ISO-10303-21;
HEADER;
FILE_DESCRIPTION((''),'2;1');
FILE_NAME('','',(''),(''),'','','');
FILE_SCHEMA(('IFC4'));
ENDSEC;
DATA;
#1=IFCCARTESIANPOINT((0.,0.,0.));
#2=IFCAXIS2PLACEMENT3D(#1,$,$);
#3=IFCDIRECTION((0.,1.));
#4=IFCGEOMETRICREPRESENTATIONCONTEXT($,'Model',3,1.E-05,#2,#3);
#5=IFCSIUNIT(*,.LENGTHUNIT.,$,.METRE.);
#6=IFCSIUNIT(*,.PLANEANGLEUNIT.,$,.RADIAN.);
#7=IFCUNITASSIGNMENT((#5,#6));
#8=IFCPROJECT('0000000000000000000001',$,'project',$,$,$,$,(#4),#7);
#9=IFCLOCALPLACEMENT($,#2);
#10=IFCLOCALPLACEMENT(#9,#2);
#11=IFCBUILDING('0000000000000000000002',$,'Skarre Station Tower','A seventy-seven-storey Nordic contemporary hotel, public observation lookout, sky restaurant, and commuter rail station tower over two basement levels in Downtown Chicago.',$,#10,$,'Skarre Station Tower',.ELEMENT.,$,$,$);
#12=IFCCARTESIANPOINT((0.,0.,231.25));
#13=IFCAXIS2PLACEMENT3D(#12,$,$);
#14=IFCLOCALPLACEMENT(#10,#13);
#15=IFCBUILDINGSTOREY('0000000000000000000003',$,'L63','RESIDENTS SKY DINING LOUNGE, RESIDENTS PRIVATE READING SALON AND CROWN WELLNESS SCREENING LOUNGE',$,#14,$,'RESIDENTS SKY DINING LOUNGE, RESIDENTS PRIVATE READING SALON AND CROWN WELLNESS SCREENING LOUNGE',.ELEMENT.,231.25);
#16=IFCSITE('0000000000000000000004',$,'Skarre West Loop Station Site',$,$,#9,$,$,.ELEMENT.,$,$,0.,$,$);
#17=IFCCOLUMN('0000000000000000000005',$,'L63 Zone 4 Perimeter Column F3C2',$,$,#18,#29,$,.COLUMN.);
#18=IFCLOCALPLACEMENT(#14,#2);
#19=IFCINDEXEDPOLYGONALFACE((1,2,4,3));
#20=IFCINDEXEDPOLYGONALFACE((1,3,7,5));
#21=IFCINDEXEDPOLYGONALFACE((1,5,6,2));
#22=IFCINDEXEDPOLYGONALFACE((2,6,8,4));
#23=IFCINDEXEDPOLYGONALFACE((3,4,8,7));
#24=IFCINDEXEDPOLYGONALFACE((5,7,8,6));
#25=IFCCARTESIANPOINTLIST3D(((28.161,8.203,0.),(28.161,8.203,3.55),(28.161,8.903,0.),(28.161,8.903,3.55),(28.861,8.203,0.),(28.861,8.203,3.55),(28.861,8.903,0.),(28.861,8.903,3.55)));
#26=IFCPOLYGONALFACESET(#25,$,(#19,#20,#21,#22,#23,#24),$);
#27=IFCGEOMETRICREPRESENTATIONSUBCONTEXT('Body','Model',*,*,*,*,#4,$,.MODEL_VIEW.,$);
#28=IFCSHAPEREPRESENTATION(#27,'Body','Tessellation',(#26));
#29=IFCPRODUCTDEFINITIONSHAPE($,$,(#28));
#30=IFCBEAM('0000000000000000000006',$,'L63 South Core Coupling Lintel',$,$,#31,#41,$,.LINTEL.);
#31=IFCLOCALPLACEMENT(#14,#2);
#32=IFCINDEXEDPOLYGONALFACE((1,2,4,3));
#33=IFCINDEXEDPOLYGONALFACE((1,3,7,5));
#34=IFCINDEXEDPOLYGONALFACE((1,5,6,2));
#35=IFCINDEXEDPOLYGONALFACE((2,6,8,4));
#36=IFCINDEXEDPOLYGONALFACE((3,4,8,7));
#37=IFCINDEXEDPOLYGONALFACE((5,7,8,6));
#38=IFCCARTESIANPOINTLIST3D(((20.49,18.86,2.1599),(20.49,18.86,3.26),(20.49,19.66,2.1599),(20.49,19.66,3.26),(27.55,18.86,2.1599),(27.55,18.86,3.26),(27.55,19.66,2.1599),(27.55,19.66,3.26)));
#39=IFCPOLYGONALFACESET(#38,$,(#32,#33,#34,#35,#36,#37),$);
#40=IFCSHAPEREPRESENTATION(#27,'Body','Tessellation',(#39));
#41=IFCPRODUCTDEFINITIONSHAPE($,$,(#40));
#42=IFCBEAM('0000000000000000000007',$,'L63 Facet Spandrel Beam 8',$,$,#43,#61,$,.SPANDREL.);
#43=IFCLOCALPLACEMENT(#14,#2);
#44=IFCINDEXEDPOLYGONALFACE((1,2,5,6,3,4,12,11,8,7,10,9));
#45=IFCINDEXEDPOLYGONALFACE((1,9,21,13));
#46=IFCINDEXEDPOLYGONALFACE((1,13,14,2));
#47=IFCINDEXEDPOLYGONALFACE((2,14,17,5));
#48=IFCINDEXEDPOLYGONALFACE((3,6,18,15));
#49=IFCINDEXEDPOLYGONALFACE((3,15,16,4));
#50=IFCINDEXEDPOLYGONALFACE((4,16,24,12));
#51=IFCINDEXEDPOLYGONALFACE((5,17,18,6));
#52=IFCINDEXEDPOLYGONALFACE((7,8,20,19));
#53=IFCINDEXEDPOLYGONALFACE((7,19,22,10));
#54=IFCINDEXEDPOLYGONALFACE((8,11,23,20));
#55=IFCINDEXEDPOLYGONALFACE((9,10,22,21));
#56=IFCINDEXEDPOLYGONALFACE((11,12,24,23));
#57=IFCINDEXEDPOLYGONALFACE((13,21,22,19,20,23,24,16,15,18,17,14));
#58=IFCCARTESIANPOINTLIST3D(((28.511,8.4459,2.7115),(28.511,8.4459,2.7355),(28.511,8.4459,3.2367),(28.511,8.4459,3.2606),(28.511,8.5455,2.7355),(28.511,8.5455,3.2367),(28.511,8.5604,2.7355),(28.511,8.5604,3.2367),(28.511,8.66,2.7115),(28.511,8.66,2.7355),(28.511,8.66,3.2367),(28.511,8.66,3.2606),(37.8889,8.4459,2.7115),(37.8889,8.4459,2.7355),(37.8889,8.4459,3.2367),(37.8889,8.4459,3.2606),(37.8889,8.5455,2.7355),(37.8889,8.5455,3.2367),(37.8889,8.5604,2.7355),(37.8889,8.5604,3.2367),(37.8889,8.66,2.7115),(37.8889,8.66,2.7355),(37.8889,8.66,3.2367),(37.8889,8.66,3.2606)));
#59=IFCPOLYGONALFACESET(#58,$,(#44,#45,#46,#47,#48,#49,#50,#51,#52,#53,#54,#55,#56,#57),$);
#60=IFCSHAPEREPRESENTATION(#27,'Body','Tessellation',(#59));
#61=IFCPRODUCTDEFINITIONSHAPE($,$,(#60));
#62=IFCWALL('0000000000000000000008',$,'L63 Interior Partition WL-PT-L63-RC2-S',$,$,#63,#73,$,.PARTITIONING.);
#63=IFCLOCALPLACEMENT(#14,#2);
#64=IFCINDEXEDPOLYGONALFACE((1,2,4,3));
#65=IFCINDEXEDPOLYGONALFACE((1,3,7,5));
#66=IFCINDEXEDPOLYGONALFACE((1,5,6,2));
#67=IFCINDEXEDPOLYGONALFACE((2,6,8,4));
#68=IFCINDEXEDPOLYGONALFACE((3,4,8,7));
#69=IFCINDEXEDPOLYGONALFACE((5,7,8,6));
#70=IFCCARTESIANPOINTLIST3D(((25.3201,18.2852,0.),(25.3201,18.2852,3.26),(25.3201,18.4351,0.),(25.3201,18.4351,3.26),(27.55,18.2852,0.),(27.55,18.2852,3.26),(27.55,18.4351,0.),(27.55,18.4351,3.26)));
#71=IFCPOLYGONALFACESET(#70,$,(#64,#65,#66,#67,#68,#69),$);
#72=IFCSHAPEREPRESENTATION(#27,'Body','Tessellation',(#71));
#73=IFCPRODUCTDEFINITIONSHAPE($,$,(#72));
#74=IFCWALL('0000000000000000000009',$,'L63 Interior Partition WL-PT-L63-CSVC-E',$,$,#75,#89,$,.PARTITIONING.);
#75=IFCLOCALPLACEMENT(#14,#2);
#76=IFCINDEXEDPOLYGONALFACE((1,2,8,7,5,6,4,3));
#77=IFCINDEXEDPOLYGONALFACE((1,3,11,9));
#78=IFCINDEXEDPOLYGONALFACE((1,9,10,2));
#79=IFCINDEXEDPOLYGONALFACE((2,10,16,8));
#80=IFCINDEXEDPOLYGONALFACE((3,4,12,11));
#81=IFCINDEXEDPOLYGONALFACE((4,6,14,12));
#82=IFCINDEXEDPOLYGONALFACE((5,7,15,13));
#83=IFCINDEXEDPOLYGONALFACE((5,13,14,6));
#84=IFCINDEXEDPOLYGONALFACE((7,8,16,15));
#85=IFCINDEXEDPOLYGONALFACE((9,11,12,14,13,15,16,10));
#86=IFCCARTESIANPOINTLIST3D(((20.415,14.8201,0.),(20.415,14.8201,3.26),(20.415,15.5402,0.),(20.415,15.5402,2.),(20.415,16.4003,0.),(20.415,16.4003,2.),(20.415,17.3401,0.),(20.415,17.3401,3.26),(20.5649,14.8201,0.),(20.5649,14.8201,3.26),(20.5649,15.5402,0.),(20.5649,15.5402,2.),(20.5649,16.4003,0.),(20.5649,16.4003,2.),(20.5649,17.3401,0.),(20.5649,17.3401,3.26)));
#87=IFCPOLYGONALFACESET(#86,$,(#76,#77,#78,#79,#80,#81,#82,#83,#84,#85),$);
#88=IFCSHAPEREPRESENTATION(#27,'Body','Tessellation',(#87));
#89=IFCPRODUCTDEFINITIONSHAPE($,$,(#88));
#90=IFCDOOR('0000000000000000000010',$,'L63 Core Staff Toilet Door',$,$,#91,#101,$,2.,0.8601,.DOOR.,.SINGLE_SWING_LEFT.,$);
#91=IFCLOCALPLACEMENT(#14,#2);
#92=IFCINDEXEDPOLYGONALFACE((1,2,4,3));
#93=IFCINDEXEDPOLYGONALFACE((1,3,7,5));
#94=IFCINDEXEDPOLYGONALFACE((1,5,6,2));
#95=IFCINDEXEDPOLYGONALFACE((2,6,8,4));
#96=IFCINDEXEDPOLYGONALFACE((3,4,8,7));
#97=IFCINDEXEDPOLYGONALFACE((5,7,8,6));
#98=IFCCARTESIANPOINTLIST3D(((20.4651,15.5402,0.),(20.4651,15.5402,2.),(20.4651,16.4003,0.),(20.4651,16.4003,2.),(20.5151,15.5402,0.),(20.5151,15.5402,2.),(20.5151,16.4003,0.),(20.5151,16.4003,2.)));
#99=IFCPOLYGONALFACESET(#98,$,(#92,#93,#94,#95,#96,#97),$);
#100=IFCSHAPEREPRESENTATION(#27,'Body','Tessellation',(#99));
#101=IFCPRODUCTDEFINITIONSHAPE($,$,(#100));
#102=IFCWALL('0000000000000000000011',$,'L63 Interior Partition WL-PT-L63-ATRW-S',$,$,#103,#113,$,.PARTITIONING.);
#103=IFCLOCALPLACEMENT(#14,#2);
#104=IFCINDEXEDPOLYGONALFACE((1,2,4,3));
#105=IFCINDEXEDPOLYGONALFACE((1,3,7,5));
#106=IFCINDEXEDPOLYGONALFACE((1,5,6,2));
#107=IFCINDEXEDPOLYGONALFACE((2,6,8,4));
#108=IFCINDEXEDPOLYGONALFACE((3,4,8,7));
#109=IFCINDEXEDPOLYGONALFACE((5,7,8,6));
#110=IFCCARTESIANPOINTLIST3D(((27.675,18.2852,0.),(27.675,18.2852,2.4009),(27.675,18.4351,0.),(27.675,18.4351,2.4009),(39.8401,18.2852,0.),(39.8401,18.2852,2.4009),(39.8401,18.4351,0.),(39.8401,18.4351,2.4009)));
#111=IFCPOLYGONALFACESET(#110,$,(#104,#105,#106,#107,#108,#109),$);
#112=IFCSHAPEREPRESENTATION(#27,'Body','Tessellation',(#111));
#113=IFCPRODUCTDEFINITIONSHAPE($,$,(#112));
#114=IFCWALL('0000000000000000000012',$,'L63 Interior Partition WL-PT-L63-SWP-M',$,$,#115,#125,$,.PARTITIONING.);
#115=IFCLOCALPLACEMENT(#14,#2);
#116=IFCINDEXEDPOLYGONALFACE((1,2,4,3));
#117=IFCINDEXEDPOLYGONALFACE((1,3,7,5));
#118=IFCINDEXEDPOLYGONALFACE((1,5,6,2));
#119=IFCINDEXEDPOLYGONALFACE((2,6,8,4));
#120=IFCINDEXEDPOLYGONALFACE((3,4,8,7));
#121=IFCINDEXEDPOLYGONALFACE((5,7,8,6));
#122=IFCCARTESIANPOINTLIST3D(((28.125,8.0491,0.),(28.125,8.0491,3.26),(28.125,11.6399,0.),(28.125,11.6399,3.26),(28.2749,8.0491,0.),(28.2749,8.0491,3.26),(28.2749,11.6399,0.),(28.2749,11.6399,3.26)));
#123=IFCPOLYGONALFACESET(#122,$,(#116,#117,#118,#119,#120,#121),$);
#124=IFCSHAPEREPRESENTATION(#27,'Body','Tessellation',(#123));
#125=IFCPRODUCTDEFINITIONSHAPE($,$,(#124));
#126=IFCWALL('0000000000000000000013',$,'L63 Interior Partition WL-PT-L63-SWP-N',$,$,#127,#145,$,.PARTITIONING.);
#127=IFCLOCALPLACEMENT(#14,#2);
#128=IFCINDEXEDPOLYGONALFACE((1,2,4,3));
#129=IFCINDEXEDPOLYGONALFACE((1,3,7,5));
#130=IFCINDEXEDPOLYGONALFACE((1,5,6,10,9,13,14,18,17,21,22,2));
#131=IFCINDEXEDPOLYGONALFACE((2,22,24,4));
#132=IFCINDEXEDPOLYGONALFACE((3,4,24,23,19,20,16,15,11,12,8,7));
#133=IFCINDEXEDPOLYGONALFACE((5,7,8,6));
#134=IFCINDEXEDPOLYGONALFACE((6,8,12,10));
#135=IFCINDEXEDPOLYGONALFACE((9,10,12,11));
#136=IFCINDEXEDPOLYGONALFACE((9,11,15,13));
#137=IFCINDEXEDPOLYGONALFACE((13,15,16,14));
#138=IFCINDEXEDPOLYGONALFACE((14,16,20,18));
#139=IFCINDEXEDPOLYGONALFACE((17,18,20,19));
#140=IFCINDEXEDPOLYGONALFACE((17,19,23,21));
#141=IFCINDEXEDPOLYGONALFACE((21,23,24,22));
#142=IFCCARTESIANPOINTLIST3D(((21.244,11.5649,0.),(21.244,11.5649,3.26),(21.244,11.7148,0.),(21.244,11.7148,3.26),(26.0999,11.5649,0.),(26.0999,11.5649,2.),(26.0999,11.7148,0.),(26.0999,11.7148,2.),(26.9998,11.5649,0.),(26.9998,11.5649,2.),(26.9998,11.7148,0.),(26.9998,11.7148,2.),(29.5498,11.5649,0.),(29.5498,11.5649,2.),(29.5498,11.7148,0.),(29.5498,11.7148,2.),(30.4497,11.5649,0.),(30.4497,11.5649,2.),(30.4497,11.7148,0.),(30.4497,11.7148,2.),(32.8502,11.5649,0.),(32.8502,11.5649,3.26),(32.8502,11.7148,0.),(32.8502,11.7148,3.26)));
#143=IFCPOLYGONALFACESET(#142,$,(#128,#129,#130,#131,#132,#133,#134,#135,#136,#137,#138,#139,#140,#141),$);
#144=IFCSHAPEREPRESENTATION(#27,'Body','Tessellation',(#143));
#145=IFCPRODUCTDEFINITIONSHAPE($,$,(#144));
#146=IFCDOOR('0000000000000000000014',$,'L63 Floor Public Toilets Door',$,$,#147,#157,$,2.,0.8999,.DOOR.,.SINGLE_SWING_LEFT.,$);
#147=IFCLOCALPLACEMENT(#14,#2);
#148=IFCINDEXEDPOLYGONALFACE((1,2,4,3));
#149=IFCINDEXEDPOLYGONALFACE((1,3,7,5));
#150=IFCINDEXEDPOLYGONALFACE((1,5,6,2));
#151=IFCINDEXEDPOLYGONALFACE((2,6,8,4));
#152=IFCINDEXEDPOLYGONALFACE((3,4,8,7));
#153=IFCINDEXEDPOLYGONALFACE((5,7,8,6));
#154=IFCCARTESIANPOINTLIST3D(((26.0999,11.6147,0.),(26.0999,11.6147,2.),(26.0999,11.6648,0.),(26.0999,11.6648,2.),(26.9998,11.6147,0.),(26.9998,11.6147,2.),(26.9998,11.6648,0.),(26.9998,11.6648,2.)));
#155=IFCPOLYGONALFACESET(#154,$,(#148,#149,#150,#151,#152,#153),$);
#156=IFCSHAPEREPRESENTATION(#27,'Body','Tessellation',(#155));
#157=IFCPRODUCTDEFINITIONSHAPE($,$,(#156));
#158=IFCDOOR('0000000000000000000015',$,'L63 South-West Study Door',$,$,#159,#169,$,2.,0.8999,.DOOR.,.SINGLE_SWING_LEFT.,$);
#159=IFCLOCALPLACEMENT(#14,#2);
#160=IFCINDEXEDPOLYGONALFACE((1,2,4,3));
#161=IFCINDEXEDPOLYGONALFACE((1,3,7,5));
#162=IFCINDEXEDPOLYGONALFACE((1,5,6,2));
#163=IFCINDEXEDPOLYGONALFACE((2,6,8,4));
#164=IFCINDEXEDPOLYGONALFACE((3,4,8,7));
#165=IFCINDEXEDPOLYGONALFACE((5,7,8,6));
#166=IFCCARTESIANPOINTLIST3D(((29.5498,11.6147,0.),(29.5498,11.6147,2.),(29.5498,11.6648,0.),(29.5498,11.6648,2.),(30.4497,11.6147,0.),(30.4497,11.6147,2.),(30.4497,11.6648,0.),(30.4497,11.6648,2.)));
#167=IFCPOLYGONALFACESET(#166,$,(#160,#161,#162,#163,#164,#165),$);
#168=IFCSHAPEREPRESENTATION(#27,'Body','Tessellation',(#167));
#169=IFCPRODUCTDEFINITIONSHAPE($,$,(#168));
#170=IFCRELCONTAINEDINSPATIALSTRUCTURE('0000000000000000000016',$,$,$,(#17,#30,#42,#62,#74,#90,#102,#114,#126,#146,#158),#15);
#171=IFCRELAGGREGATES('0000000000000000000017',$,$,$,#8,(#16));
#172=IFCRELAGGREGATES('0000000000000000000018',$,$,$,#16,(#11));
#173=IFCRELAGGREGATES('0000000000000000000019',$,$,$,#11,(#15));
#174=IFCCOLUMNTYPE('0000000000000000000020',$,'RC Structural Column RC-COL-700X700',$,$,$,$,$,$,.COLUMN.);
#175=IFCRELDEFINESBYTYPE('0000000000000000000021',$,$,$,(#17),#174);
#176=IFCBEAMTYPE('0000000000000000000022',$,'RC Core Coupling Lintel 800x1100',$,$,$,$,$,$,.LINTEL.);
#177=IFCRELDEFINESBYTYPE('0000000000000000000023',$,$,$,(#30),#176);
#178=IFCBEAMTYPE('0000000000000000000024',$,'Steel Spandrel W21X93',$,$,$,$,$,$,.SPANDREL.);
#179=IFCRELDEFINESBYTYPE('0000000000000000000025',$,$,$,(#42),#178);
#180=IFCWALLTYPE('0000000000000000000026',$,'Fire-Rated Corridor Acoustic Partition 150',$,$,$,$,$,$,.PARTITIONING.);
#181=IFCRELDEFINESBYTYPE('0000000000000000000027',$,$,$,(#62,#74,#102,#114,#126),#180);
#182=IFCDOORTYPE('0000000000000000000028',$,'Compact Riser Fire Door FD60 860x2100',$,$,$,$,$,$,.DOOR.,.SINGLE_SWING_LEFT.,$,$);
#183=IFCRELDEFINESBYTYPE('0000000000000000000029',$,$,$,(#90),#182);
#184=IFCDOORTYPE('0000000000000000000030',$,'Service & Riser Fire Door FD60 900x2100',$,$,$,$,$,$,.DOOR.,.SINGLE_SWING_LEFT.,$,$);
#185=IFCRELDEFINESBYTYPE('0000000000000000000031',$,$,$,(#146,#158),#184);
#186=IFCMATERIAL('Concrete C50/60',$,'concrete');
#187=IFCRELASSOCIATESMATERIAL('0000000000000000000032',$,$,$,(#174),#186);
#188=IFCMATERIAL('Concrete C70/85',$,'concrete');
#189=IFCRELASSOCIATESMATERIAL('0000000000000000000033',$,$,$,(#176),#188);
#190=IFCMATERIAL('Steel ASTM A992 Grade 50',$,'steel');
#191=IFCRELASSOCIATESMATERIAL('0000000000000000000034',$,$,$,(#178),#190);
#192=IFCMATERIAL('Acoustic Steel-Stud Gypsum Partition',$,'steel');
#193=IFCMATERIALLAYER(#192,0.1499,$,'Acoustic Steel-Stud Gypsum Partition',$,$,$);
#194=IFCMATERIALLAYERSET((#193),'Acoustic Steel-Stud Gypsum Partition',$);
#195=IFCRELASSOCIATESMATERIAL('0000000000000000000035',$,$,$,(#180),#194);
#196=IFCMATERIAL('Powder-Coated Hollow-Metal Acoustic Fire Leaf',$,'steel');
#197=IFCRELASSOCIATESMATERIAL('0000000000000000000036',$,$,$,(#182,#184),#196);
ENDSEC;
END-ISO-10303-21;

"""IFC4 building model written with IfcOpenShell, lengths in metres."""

from ifc_helpers import new_model, si_unit, direction, frame, frame_2d, origin, origin_2d, place, context, subcontext, project, spatial, rectangle, i_section, extrude, material, layer, layer_set, material_profile, profile_set, type_object, element, fill, save


model = new_model("IFC4")

# Units and contexts
model_context = context("Model", 3, precision=1e-05, world=origin(), true_north=direction((0.0, 1.0)))
body_context = subcontext(model_context, "Body", "Model", "MODEL_VIEW")
ifc_project = project(units=[si_unit("LENGTHUNIT", "METRE"), si_unit("PLANEANGLEUNIT", "RADIAN")], contexts=[model_context])

# Site, building, storey
site_placement = place(None, origin())
site = spatial("IfcSite", under=ifc_project, at=site_placement, Name="Skarre West Loop Station Site", CompositionType="ELEMENT", RefElevation=0.0)
building_placement = place(site_placement, origin())
building = spatial("IfcBuilding", under=site, at=building_placement, Name="Skarre Station Tower", Description="A seventy-seven-storey Nordic contemporary hotel, public observation lookout, sky restaurant, and commuter rail station tower over two basement levels in Downtown Chicago.", LongName="Skarre Station Tower", CompositionType="ELEMENT")
storey_placement = place(building_placement, frame((0.0, 0.0, 231.25)))
storey = spatial("IfcBuildingStorey", under=building, at=storey_placement, Name="L63", Description="RESIDENTS SKY DINING LOUNGE, RESIDENTS PRIVATE READING SALON AND CROWN WELLNESS SCREENING LOUNGE", LongName="RESIDENTS SKY DINING LOUNGE, RESIDENTS PRIVATE READING SALON AND CROWN WELLNESS SCREENING LOUNGE", CompositionType="ELEMENT", Elevation=231.25)

# Column
ifc_material_1 = material(Name="Concrete C50/60", Category="concrete")
ifc_material_profile_1 = material_profile(ifc_material_1, rectangle(XDim=0.7, YDim=0.7, at=origin_2d()), Name="Concrete C50/60")
ifc_profile_set_1 = profile_set([ifc_material_profile_1], Name="Concrete C50/60")
column_type = type_object("IfcColumnType", Name="RC Structural Column RC-COL-700X700", PredefinedType="COLUMN", material=ifc_profile_set_1)
column_placement = place(storey_placement, frame((28.511, 8.553, 0.0), z_axis=(0.0, 0.0, 1.0), x_axis=(1.0, 0.0, 0.0)))
element("IfcColumn", 1, at=column_placement, inside=storey, type_object=column_type, Name="L63 Zone 4 Perimeter Column F3C2", PredefinedType="COLUMN", context=body_context, shape_type="SweptSolid", body=[
    extrude(rectangle(XDim=0.7, YDim=0.7, at=origin_2d()), origin(), (0.0, 0.0, 1.0), 3.55),
])

# Beams
ifc_material_2 = material(Name="Concrete C70/85", Category="concrete")
ifc_material_profile_2 = material_profile(ifc_material_2, rectangle(XDim=0.8, YDim=1.1001, at=origin_2d()), Name="Concrete C70/85")
ifc_profile_set_2 = profile_set([ifc_material_profile_2], Name="Concrete C70/85")
beam_type_1 = type_object("IfcBeamType", Name="RC Core Coupling Lintel 800x1100", PredefinedType="LINTEL", material=ifc_profile_set_2)
beam_1_placement = place(storey_placement, frame((20.49, 19.26, 2.71), z_axis=(1.0, 0.0, 0.0), x_axis=(0.0, 1.0, 0.0)))
element("IfcBeam", 2, at=beam_1_placement, inside=storey, type_object=beam_type_1, Name="L63 South Core Coupling Lintel", PredefinedType="LINTEL", context=body_context, shape_type="SweptSolid", body=[
    extrude(rectangle(XDim=0.8, YDim=1.1001, at=origin_2d()), origin(), (0.0, 0.0, 1.0), 7.0601),
])
ifc_material_3 = material(Name="Steel ASTM A992 Grade 50", Category="steel")
ifc_material_profile_3 = material_profile(ifc_material_3, i_section(OverallWidth=0.2141, OverallDepth=0.5491, WebThickness=0.0149, FlangeThickness=0.0239, at=origin_2d()), Name="Steel ASTM A992 Grade 50")
ifc_profile_set_3 = profile_set([ifc_material_profile_3], Name="Steel ASTM A992 Grade 50")
beam_type_2 = type_object("IfcBeamType", Name="Steel Spandrel W21X93", PredefinedType="SPANDREL", material=ifc_profile_set_3)
beam_2_placement = place(storey_placement, frame((28.511, 8.553, 2.9861), z_axis=(1.0, 0.0, 0.0), x_axis=(0.0, 1.0, 0.0)))
element("IfcBeam", 3, at=beam_2_placement, inside=storey, type_object=beam_type_2, Name="L63 Facet Spandrel Beam 8", PredefinedType="SPANDREL", context=body_context, shape_type="SweptSolid", body=[
    extrude(i_section(OverallWidth=0.2141, OverallDepth=0.5491, WebThickness=0.0149, FlangeThickness=0.0239, at=origin_2d()), origin(), (0.0, 0.0, 1.0), 9.3779),
])

# Wall
ifc_material_4 = material(Name="Acoustic Steel-Stud Gypsum Partition", Category="steel")
ifc_layer_1 = layer(ifc_material_4, 0.1499, Name="Acoustic Steel-Stud Gypsum Partition")
ifc_layer_set_1 = layer_set([ifc_layer_1], Name="Acoustic Steel-Stud Gypsum Partition")
wall_type_1 = type_object("IfcWallType", Name="Fire-Rated Corridor Acoustic Partition 150", PredefinedType="PARTITIONING", material=ifc_layer_set_1)
wall_1_placement = place(storey_placement, frame((25.3201, 18.3601, 0.0), z_axis=(0.0, 0.0, 1.0), x_axis=(1.0, 0.0, 0.0)))
element("IfcWall", 4, at=wall_1_placement, inside=storey, type_object=wall_type_1, Name="L63 Interior Partition WL-PT-L63-RC2-S", PredefinedType="PARTITIONING", context=body_context, shape_type="SweptSolid", body=[
    extrude(rectangle(XDim=2.23, YDim=0.1499, at=frame_2d((1.115, 0.0))), origin(), (0.0, 0.0, 1.0), 3.26),
])

# Wall, opening, door
wall_2_placement = place(storey_placement, frame((20.49, 14.8201, 0.0), z_axis=(0.0, 0.0, 1.0), x_axis=(0.0, 1.0, 0.0)))
wall_2 = element("IfcWall", 5, at=wall_2_placement, inside=storey, type_object=wall_type_1, Name="L63 Interior Partition WL-PT-L63-CSVC-E", PredefinedType="PARTITIONING", context=body_context, shape_type="SweptSolid", body=[
    extrude(rectangle(XDim=2.52, YDim=0.1499, at=frame_2d((1.26, 0.0))), origin(), (0.0, 0.0, 1.0), 3.26),
])
opening_1_placement = place(wall_2_placement, frame((0.72, 0.0, 0.0)))
opening_1 = element("IfcOpeningElement", 6, at=opening_1_placement, cuts=wall_2, PredefinedType="OPENING", context=body_context, shape_type="SweptSolid", body=[
    extrude(rectangle(XDim=0.8601, YDim=2.0, at=frame_2d((0.4302, 1.0))), frame((0.0, 0.085, 0.0), z_axis=(0.0, -1.0, 0.0), x_axis=(1.0, 0.0, 0.0)), (0.0, 0.0, 1.0), 0.1699),
])
ifc_material_5 = material(Name="Powder-Coated Hollow-Metal Acoustic Fire Leaf", Category="steel")
door_type_1 = type_object("IfcDoorType", Name="Compact Riser Fire Door FD60 860x2100", OperationType="SINGLE_SWING_LEFT", PredefinedType="DOOR", material=ifc_material_5)
door_1_placement = place(opening_1_placement, origin())
door_1 = element("IfcDoor", 7, at=door_1_placement, inside=storey, type_object=door_type_1, Name="L63 Core Staff Toilet Door", OperationType="SINGLE_SWING_LEFT", OverallHeight=2.0, OverallWidth=0.8601, PredefinedType="DOOR", context=body_context, shape_type="SweptSolid", body=[
    extrude(rectangle(XDim=0.8601, YDim=2.0, at=frame_2d((0.4302, 1.0))), frame((0.0, 0.0249, 0.0), z_axis=(0.0, -1.0, 0.0), x_axis=(1.0, 0.0, 0.0)), (0.0, 0.0, 1.0), 0.05),
])
fill(opening_1, door_1)

# Walls
wall_3_placement = place(storey_placement, frame((27.675, 18.3601, 0.0), z_axis=(0.0, 0.0, 1.0), x_axis=(1.0, 0.0, 0.0)))
element("IfcWall", 8, at=wall_3_placement, inside=storey, type_object=wall_type_1, Name="L63 Interior Partition WL-PT-L63-ATRW-S", PredefinedType="PARTITIONING", context=body_context, shape_type="SweptSolid", body=[
    extrude(rectangle(XDim=12.165, YDim=0.1499, at=frame_2d((6.0825, 0.0))), origin(), (0.0, 0.0, 1.0), 2.4009),
])
wall_4_placement = place(storey_placement, frame((28.2, 8.0491, 0.0), z_axis=(0.0, 0.0, 1.0), x_axis=(0.0, 1.0, 0.0)))
element("IfcWall", 9, at=wall_4_placement, inside=storey, type_object=wall_type_1, Name="L63 Interior Partition WL-PT-L63-SWP-M", PredefinedType="PARTITIONING", context=body_context, shape_type="SweptSolid", body=[
    extrude(rectangle(XDim=3.5908, YDim=0.1499, at=frame_2d((1.7954, 0.0))), origin(), (0.0, 0.0, 1.0), 3.26),
])

# Wall, openings, doors
wall_5_placement = place(storey_placement, frame((21.2439, 11.6399, 0.0), z_axis=(0.0, 0.0, 1.0), x_axis=(1.0, 0.0, 0.0)))
wall_5 = element("IfcWall", 10, at=wall_5_placement, inside=storey, type_object=wall_type_1, Name="L63 Interior Partition WL-PT-L63-SWP-N", PredefinedType="PARTITIONING", context=body_context, shape_type="SweptSolid", body=[
    extrude(rectangle(XDim=11.6062, YDim=0.1499, at=frame_2d((5.8032, 0.0))), origin(), (0.0, 0.0, 1.0), 3.26),
])
opening_2_placement = place(wall_5_placement, frame((4.856, 0.0, 0.0)))
opening_2 = element("IfcOpeningElement", 11, at=opening_2_placement, cuts=wall_5, PredefinedType="OPENING", context=body_context, shape_type="SweptSolid", body=[
    extrude(rectangle(XDim=0.8999, YDim=2.0, at=frame_2d((0.45, 1.0))), frame((0.0, 0.085, 0.0), z_axis=(0.0, -1.0, 0.0), x_axis=(1.0, 0.0, 0.0)), (0.0, 0.0, 1.0), 0.1699),
])
opening_3_placement = place(wall_5_placement, frame((8.3059, 0.0, 0.0)))
opening_3 = element("IfcOpeningElement", 12, at=opening_3_placement, cuts=wall_5, PredefinedType="OPENING", context=body_context, shape_type="SweptSolid", body=[
    extrude(rectangle(XDim=0.8999, YDim=2.0, at=frame_2d((0.45, 1.0))), frame((0.0, 0.085, 0.0), z_axis=(0.0, -1.0, 0.0), x_axis=(1.0, 0.0, 0.0)), (0.0, 0.0, 1.0), 0.1699),
])
door_type_2 = type_object("IfcDoorType", Name="Service & Riser Fire Door FD60 900x2100", OperationType="SINGLE_SWING_LEFT", PredefinedType="DOOR", material=ifc_material_5)
door_2_placement = place(opening_2_placement, origin())
door_2 = element("IfcDoor", 13, at=door_2_placement, inside=storey, type_object=door_type_2, Name="L63 Floor Public Toilets Door", OperationType="SINGLE_SWING_LEFT", OverallHeight=2.0, OverallWidth=0.8999, PredefinedType="DOOR", context=body_context, shape_type="SweptSolid", body=[
    extrude(rectangle(XDim=0.8999, YDim=2.0, at=frame_2d((0.45, 1.0))), frame((0.0, 0.0249, 0.0), z_axis=(0.0, -1.0, 0.0), x_axis=(1.0, 0.0, 0.0)), (0.0, 0.0, 1.0), 0.05),
])
fill(opening_2, door_2)
door_3_placement = place(opening_3_placement, origin())
door_3 = element("IfcDoor", 14, at=door_3_placement, inside=storey, type_object=door_type_2, Name="L63 South-West Study Door", OperationType="SINGLE_SWING_LEFT", OverallHeight=2.0, OverallWidth=0.8999, PredefinedType="DOOR", context=body_context, shape_type="SweptSolid", body=[
    extrude(rectangle(XDim=0.8999, YDim=2.0, at=frame_2d((0.45, 1.0))), frame((0.0, 0.0249, 0.0), z_axis=(0.0, -1.0, 0.0), x_axis=(1.0, 0.0, 0.0)), (0.0, 0.0, 1.0), 0.05),
])
fill(opening_3, door_3)

save(model, "model.ifc")
